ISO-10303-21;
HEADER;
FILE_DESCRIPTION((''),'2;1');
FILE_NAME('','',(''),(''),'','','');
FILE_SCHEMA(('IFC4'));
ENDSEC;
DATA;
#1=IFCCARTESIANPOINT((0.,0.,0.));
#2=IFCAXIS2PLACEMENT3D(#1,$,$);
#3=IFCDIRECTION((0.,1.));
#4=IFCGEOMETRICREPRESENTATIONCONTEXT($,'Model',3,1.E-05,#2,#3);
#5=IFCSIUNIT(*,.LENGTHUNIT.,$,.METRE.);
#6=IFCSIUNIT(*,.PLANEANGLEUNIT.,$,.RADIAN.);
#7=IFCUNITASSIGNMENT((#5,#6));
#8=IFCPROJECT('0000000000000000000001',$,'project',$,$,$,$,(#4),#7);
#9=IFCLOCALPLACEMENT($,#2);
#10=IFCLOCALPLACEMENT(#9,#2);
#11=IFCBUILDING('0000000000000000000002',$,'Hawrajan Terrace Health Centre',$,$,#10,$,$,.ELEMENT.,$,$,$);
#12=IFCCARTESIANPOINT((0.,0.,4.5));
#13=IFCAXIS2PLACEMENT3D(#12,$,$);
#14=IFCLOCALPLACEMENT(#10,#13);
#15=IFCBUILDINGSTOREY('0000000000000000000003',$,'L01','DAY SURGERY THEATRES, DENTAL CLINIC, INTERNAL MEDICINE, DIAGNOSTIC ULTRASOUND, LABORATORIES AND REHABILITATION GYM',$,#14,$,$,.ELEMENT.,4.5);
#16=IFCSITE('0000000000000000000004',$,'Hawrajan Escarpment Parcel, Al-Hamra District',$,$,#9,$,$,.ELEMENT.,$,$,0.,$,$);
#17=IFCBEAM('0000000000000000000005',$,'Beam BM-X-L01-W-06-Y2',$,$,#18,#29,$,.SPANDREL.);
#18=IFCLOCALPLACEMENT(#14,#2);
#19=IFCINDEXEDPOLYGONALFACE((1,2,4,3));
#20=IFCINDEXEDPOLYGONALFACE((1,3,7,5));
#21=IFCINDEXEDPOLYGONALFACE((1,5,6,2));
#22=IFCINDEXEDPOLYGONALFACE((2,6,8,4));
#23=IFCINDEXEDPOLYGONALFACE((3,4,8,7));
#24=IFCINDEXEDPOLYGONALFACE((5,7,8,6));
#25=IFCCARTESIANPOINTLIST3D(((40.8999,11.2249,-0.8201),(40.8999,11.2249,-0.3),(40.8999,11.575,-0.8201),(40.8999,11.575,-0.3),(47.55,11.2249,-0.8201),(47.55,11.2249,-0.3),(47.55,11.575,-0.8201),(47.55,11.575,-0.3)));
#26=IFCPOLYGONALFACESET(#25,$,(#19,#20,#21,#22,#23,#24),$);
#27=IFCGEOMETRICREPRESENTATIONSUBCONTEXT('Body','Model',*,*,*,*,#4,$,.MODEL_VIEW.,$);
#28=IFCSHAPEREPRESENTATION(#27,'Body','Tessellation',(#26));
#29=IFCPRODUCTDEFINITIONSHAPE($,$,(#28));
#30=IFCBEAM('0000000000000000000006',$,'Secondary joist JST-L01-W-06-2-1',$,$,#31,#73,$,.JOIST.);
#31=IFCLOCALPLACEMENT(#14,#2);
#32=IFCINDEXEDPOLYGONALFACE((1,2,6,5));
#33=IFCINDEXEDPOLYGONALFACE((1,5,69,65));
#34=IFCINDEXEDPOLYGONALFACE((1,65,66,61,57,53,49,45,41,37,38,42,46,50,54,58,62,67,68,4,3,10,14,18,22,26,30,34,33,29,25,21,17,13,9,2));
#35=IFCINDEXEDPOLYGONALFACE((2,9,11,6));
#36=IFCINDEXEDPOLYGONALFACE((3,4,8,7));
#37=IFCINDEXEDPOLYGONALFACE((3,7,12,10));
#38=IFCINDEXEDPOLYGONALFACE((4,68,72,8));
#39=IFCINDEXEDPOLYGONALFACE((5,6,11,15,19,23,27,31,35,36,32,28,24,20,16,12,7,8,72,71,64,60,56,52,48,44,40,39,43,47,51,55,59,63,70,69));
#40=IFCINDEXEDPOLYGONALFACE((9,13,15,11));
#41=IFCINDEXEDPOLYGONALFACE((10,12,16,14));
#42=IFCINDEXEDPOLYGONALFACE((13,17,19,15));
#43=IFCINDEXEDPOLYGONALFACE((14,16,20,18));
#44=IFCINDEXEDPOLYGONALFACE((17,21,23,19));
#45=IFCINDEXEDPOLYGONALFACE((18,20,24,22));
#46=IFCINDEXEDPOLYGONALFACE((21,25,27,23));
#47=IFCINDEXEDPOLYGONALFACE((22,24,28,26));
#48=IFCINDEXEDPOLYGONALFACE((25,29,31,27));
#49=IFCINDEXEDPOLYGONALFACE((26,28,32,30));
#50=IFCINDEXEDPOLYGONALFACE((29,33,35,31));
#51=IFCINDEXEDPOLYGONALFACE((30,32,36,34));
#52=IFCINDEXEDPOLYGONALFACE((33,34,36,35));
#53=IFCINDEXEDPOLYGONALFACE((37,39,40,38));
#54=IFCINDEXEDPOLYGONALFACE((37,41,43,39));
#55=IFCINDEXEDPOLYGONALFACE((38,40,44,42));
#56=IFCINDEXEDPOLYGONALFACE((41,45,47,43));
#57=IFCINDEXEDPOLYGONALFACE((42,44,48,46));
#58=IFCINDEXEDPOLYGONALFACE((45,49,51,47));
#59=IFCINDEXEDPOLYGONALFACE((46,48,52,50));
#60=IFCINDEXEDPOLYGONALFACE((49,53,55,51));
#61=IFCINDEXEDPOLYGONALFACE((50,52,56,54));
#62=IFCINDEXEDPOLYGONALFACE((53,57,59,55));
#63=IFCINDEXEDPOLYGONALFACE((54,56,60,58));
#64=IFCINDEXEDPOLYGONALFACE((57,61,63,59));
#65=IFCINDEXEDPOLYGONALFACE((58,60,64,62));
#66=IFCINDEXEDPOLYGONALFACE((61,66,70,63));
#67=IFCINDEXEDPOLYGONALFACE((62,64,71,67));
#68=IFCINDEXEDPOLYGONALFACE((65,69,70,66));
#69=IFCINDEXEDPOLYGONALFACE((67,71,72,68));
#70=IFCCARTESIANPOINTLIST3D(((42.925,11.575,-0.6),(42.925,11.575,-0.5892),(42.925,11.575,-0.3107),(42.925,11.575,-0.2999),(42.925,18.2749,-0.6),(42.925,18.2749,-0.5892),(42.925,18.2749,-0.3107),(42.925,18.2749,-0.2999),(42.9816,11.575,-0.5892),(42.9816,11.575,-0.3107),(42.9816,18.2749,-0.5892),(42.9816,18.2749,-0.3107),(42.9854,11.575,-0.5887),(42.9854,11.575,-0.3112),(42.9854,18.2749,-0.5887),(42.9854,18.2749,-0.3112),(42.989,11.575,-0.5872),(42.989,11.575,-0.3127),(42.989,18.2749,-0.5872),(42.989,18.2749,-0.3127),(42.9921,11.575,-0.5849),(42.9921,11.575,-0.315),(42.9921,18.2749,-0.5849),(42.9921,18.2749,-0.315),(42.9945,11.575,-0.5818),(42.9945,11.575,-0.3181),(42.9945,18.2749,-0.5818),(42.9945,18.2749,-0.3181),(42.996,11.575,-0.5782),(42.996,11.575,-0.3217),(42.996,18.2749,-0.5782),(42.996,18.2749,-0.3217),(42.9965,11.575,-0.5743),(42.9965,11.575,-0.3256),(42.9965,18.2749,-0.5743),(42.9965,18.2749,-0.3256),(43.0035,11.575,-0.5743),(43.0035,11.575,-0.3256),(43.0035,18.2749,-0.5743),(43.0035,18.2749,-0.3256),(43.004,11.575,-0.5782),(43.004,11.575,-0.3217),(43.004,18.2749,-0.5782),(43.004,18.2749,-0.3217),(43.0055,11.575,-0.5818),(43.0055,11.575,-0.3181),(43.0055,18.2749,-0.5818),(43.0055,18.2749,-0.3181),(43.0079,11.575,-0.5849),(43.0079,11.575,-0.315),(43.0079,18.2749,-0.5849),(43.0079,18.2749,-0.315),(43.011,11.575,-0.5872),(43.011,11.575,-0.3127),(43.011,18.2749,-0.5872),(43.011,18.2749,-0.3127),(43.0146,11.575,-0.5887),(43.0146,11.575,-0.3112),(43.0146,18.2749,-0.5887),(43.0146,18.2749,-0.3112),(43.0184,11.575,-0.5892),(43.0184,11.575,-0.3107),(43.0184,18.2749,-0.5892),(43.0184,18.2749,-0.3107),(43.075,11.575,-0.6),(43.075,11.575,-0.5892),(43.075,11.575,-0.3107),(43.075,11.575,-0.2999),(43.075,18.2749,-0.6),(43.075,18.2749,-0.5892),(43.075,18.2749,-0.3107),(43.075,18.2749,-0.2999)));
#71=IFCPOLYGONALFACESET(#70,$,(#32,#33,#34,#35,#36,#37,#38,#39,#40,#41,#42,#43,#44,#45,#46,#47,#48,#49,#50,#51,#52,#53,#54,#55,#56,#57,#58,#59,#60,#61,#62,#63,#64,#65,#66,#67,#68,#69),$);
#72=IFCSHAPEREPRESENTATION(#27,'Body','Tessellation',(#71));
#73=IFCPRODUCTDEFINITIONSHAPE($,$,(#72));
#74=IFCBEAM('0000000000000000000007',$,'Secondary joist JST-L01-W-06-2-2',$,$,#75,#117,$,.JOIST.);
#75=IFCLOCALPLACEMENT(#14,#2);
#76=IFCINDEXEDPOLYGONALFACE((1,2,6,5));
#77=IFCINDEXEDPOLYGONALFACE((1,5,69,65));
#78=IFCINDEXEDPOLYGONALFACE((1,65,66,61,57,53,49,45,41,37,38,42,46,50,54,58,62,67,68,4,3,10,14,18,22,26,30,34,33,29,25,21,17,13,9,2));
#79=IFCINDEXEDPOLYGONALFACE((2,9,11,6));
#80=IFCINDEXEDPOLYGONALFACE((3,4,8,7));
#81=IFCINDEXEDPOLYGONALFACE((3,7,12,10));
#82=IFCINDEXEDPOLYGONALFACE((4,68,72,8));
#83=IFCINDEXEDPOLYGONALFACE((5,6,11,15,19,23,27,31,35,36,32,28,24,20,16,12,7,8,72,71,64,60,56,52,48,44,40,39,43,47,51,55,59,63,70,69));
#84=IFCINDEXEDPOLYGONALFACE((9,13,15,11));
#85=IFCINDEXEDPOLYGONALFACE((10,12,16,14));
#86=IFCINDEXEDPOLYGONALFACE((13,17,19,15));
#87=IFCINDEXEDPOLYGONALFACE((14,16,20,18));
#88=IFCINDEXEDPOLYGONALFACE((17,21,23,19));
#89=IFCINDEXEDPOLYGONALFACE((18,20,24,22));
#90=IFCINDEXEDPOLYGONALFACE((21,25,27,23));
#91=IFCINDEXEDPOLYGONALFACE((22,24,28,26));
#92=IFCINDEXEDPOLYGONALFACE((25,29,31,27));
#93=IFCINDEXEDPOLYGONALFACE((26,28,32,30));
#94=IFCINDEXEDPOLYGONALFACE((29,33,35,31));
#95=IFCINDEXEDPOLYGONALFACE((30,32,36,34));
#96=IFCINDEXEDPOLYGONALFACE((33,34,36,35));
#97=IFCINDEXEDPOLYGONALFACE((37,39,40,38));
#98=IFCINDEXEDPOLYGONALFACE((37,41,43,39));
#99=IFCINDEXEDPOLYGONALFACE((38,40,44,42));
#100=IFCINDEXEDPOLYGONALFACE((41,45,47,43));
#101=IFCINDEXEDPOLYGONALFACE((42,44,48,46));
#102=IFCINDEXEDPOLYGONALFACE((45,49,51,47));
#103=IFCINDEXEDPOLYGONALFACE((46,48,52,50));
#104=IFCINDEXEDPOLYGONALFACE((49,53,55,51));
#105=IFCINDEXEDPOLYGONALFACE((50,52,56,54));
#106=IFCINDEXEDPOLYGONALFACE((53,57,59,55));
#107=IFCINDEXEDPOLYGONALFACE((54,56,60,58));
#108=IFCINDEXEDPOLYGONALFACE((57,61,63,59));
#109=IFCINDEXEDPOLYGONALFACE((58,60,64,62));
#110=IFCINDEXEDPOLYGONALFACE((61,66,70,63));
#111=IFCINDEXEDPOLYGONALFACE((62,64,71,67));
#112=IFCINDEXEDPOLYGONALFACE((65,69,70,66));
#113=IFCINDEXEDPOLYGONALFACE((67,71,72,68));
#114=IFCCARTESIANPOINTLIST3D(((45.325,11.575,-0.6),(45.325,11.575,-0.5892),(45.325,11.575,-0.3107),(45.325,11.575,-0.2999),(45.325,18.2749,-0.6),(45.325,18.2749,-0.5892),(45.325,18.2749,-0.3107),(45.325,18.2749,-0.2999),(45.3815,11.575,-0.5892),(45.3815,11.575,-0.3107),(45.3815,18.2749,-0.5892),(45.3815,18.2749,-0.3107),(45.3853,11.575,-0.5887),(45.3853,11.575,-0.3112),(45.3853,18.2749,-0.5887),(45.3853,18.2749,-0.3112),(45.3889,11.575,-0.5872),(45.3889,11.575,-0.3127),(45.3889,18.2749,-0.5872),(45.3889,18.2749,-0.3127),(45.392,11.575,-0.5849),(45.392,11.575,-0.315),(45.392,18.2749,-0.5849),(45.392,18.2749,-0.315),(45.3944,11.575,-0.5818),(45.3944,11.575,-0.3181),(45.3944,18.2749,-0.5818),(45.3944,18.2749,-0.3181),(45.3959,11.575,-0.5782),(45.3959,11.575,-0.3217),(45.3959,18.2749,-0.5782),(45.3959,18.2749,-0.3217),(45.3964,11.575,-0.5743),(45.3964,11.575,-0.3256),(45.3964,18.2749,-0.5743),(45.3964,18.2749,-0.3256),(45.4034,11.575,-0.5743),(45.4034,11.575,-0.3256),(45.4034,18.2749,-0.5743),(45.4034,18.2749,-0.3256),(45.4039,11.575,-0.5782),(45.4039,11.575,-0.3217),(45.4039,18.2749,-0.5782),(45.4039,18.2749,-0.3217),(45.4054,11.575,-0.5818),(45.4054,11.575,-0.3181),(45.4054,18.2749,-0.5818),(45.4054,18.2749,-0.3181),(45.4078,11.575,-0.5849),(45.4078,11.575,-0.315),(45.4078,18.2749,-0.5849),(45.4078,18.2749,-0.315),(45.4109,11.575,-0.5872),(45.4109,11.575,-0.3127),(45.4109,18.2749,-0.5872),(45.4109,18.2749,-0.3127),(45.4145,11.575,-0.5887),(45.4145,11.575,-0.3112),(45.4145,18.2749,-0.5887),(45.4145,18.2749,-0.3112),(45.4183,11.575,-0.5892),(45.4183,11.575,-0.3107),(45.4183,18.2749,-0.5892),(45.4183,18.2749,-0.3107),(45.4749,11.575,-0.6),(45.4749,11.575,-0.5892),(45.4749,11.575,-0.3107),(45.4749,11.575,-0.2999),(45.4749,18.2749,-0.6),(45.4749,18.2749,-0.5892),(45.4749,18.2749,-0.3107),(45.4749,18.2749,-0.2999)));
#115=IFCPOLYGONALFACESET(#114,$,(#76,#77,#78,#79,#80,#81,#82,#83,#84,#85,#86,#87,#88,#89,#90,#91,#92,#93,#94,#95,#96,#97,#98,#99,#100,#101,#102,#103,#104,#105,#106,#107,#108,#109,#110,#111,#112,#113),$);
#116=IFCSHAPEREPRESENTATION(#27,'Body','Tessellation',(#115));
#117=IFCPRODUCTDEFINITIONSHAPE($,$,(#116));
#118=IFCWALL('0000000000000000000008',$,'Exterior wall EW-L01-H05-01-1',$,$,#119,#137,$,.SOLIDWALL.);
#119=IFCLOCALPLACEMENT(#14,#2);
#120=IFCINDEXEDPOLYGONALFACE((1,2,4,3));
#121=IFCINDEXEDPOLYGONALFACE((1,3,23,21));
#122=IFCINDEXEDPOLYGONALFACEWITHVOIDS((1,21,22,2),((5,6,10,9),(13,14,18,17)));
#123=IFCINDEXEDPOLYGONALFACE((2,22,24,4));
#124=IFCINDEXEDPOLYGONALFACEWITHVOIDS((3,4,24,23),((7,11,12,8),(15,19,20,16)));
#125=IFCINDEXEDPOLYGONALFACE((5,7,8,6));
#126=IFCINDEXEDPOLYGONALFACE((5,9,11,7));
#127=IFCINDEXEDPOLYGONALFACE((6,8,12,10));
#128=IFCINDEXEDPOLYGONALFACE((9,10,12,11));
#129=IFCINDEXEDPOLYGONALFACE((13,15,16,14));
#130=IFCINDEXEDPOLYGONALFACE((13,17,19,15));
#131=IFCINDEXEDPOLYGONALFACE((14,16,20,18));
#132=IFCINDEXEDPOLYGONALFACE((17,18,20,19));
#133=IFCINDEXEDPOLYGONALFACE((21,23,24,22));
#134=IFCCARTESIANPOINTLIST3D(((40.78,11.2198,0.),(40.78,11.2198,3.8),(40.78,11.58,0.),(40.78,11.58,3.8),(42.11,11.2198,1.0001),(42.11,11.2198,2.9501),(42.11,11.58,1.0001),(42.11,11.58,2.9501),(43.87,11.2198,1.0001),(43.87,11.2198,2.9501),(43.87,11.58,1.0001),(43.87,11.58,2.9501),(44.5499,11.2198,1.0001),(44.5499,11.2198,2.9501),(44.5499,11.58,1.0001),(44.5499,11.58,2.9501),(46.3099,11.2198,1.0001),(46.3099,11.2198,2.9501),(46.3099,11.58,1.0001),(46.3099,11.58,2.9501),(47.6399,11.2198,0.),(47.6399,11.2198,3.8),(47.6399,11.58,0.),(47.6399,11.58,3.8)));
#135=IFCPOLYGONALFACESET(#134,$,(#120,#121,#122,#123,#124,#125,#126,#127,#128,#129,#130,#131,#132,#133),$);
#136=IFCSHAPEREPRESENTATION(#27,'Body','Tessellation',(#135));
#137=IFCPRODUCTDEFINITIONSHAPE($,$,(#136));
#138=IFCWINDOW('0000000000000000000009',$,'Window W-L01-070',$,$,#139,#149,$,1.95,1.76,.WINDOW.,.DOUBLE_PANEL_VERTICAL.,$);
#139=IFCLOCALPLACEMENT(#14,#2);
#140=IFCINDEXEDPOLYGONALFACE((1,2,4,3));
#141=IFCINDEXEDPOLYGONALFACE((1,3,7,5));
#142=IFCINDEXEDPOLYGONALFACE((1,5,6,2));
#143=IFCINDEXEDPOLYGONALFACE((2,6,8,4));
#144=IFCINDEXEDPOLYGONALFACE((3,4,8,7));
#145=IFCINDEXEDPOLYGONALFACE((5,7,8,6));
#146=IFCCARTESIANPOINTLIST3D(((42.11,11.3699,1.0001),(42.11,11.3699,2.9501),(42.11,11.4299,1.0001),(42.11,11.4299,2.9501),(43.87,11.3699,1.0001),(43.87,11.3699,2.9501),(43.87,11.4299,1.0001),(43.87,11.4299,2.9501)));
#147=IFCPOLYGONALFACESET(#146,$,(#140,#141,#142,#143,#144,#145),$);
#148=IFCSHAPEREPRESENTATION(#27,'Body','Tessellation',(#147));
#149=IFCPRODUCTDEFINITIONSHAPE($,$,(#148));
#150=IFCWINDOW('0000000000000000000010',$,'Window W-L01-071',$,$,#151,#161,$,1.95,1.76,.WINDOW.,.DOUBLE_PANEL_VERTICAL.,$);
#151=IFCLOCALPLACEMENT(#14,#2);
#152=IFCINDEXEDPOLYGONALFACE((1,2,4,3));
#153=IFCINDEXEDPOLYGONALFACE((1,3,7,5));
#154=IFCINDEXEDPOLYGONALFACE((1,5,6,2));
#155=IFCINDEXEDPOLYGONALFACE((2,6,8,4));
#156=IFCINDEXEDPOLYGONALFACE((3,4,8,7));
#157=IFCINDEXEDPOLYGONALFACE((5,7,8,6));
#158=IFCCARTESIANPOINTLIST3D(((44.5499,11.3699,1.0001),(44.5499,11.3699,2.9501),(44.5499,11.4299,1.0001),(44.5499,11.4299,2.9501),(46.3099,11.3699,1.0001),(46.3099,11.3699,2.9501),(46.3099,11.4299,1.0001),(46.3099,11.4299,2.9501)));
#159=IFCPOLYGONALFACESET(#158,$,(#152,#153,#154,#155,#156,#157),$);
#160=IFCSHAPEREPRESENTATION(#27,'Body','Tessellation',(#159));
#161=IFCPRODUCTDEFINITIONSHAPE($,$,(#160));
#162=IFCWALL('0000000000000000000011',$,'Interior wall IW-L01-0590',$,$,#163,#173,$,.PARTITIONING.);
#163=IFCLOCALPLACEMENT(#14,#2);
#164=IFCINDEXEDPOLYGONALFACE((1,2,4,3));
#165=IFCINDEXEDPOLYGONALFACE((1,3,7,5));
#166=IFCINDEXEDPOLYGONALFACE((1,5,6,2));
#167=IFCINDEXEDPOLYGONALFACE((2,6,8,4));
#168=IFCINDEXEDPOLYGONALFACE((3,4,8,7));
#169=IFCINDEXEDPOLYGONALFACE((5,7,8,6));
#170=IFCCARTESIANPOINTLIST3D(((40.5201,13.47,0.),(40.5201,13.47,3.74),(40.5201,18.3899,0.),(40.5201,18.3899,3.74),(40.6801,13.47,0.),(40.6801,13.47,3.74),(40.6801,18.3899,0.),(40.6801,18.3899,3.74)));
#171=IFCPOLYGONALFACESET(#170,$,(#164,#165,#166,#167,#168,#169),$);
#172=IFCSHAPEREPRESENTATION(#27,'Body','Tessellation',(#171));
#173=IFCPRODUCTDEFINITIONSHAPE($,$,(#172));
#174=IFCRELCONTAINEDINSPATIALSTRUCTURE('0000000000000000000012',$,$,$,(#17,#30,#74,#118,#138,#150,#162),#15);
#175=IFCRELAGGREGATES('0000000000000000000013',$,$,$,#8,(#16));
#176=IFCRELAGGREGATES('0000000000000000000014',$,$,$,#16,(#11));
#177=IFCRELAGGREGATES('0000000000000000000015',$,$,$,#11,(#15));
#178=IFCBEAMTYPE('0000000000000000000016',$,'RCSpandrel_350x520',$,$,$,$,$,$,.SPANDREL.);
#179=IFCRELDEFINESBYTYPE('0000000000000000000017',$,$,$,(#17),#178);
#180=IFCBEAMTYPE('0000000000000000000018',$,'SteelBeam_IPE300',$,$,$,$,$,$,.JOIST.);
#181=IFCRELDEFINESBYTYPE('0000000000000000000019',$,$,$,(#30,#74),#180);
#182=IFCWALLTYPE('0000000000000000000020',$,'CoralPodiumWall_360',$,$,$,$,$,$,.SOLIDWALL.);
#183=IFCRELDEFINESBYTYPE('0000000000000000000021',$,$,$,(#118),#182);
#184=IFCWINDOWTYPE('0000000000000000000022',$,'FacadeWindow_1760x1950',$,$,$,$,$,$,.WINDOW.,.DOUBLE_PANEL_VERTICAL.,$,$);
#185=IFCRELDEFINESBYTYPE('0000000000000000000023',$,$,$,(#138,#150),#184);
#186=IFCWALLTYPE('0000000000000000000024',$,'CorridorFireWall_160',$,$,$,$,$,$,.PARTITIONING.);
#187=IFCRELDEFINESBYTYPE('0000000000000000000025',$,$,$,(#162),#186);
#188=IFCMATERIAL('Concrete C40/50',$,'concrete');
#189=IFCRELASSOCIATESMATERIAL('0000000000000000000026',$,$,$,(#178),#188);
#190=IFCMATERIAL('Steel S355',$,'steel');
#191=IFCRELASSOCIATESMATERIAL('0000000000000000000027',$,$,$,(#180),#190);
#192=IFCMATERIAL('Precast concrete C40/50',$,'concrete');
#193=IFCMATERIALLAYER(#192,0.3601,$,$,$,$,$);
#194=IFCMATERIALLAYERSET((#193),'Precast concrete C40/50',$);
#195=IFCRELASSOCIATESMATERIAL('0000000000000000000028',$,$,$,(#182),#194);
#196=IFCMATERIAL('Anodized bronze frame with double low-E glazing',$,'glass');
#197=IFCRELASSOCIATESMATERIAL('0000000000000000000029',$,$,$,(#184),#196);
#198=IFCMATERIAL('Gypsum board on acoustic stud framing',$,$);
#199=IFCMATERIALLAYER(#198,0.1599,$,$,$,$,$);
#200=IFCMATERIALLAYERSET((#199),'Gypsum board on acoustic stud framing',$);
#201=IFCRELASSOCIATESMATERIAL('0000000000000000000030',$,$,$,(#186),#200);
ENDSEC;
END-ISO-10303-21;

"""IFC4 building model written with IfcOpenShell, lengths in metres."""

from ifc_helpers import new_model, si_unit, direction, frame, frame_2d, origin, origin_2d, place, context, subcontext, project, spatial, rectangle, i_section, extrude, material, layer, layer_set, material_profile, profile_set, type_object, element, fill, save


model = new_model("IFC4")

# Units and contexts
model_context = context("Model", 3, precision=1e-05, world=origin(), true_north=direction((0.0, 1.0)))
body_context = subcontext(model_context, "Body", "Model", "MODEL_VIEW")
ifc_project = project(units=[si_unit("LENGTHUNIT", "METRE"), si_unit("PLANEANGLEUNIT", "RADIAN")], contexts=[model_context])

# Site, building, storey
site_placement = place(None, origin())
site = spatial("IfcSite", under=ifc_project, at=site_placement, Name="Hawrajan Escarpment Parcel, Al-Hamra District", CompositionType="ELEMENT", RefElevation=0.0)
building_placement = place(site_placement, origin())
building = spatial("IfcBuilding", under=site, at=building_placement, Name="Hawrajan Terrace Health Centre", CompositionType="ELEMENT")
storey_placement = place(building_placement, frame((0.0, 0.0, 4.5)))
storey = spatial("IfcBuildingStorey", under=building, at=storey_placement, Name="L01", Description="DAY SURGERY THEATRES, DENTAL CLINIC, INTERNAL MEDICINE, DIAGNOSTIC ULTRASOUND, LABORATORIES AND REHABILITATION GYM", CompositionType="ELEMENT", Elevation=4.5)

# Beams
ifc_material_1 = material(Name="Concrete C40/50", Category="concrete")
ifc_material_profile_1 = material_profile(ifc_material_1, rectangle(XDim=0.3501, YDim=0.52, at=origin_2d()), Name="RC SP 350x520")
ifc_profile_set_1 = profile_set([ifc_material_profile_1], Name="Concrete C40/50")
beam_type_1 = type_object("IfcBeamType", Name="RCSpandrel_350x520", PredefinedType="SPANDREL", material=ifc_profile_set_1)
beam_placement = place(storey_placement, frame((40.8999, 11.3999, -0.5601), z_axis=(1.0, 0.0, 0.0), x_axis=(0.0, 1.0, 0.0)))
element("IfcBeam", 1, at=beam_placement, inside=storey, type_object=beam_type_1, Name="Beam BM-X-L01-W-06-Y2", PredefinedType="SPANDREL", context=body_context, shape_type="SweptSolid", body=[
    extrude(rectangle(XDim=0.3501, YDim=0.52, at=origin_2d()), origin(), (0.0, 0.0, 1.0), 6.6501),
])
ifc_material_2 = material(Name="Steel S355", Category="steel")
ifc_material_profile_2 = material_profile(ifc_material_2, i_section(OverallWidth=0.1499, OverallDepth=0.3, WebThickness=0.0071, FlangeThickness=0.0107, FilletRadius=0.0149, at=origin_2d()), Name="IPE 300")
ifc_profile_set_2 = profile_set([ifc_material_profile_2], Name="Steel S355")
beam_type_2 = type_object("IfcBeamType", Name="SteelBeam_IPE300", PredefinedType="JOIST", material=ifc_profile_set_2)
for number, where, z_axis, x_axis, name in (
    (2, (43.0, 11.575, -0.45), (0.0, 1.0, 0.0), (-1.0, 0.0, 0.0), "Secondary joist JST-L01-W-06-2-1"),
    (3, (45.3999, 11.575, -0.45), (0.0, 1.0, 0.0), (-1.0, 0.0, 0.0), "Secondary joist JST-L01-W-06-2-2"),
):
    element("IfcBeam", number, at=place(storey_placement, frame(where, z_axis=z_axis, x_axis=x_axis)), inside=storey, type_object=beam_type_2, Name=name, PredefinedType="JOIST", context=body_context, shape_type="SweptSolid", body=[
        extrude(i_section(OverallWidth=0.1499, OverallDepth=0.3, WebThickness=0.0071, FlangeThickness=0.0107, FilletRadius=0.0149, at=origin_2d()), origin(), (0.0, 0.0, 1.0), 6.7),
    ])

# Wall, openings, windows
ifc_material_3 = material(Name="Precast concrete C40/50", Category="concrete")
ifc_layer_1 = layer(ifc_material_3, 0.3601)
ifc_layer_set_1 = layer_set([ifc_layer_1], Name="Precast concrete C40/50")
wall_type_1 = type_object("IfcWallType", Name="CoralPodiumWall_360", PredefinedType="SOLIDWALL", material=ifc_layer_set_1)
wall_1_placement = place(storey_placement, frame((40.78, 11.3999, 0.0), z_axis=(0.0, 0.0, 1.0), x_axis=(1.0, 0.0, 0.0)))
wall_1 = element("IfcWall", 4, at=wall_1_placement, inside=storey, type_object=wall_type_1, Name="Exterior wall EW-L01-H05-01-1", PredefinedType="SOLIDWALL", context=body_context, shape_type="SweptSolid", body=[
    extrude(rectangle(XDim=6.8599, YDim=0.3601, at=frame_2d((3.4299, 0.0))), origin(), (0.0, 0.0, 1.0), 3.8),
])
opening_1_placement = place(wall_1_placement, frame((1.3301, 0.0, 1.0)))
opening_1 = element("IfcOpeningElement", 5, at=opening_1_placement, cuts=wall_1, PredefinedType="OPENING", context=body_context, shape_type="SweptSolid", body=[
    extrude(rectangle(XDim=1.76, YDim=1.95, at=frame_2d((0.8799, 0.9751))), frame((0.0, 0.1899, 0.0), z_axis=(0.0, -1.0, 0.0), x_axis=(1.0, 0.0, 0.0)), (0.0, 0.0, 1.0), 0.3801),
])
opening_2_placement = place(wall_1_placement, frame((3.77, 0.0, 1.0)))
opening_2 = element("IfcOpeningElement", 6, at=opening_2_placement, cuts=wall_1, PredefinedType="OPENING", context=body_context, shape_type="SweptSolid", body=[
    extrude(rectangle(XDim=1.76, YDim=1.95, at=frame_2d((0.8799, 0.9751))), frame((0.0, 0.1899, 0.0), z_axis=(0.0, -1.0, 0.0), x_axis=(1.0, 0.0, 0.0)), (0.0, 0.0, 1.0), 0.3801),
])
ifc_material_4 = material(Name="Anodized bronze frame with double low-E glazing", Category="glass")
window_type = type_object("IfcWindowType", Name="FacadeWindow_1760x1950", PartitioningType="DOUBLE_PANEL_VERTICAL", PredefinedType="WINDOW", material=ifc_material_4)
window_1_placement = place(opening_1_placement, origin())
window_1 = element("IfcWindow", 7, at=window_1_placement, inside=storey, type_object=window_type, Name="Window W-L01-070", OverallHeight=1.95, OverallWidth=1.76, PartitioningType="DOUBLE_PANEL_VERTICAL", PredefinedType="WINDOW", context=body_context, shape_type="SweptSolid", body=[
    extrude(rectangle(XDim=1.76, YDim=1.95, at=frame_2d((0.8799, 0.9751))), frame((0.0, 0.03, 0.0), z_axis=(0.0, -1.0, 0.0), x_axis=(1.0, 0.0, 0.0)), (0.0, 0.0, 1.0), 0.0601),
])
fill(opening_1, window_1)
window_2_placement = place(opening_2_placement, origin())
window_2 = element("IfcWindow", 8, at=window_2_placement, inside=storey, type_object=window_type, Name="Window W-L01-071", OverallHeight=1.95, OverallWidth=1.76, PartitioningType="DOUBLE_PANEL_VERTICAL", PredefinedType="WINDOW", context=body_context, shape_type="SweptSolid", body=[
    extrude(rectangle(XDim=1.76, YDim=1.95, at=frame_2d((0.8799, 0.9751))), frame((0.0, 0.03, 0.0), z_axis=(0.0, -1.0, 0.0), x_axis=(1.0, 0.0, 0.0)), (0.0, 0.0, 1.0), 0.0601),
])
fill(opening_2, window_2)

# Wall
ifc_material_5 = material(Name="Gypsum board on acoustic stud framing")
ifc_layer_2 = layer(ifc_material_5, 0.1599)
ifc_layer_set_2 = layer_set([ifc_layer_2], Name="Gypsum board on acoustic stud framing")
wall_type_2 = type_object("IfcWallType", Name="CorridorFireWall_160", PredefinedType="PARTITIONING", material=ifc_layer_set_2)
wall_2_placement = place(storey_placement, frame((40.6001, 13.47, 0.0), z_axis=(0.0, 0.0, 1.0), x_axis=(0.0, 1.0, 0.0)))
element("IfcWall", 9, at=wall_2_placement, inside=storey, type_object=wall_type_2, Name="Interior wall IW-L01-0590", PredefinedType="PARTITIONING", context=body_context, shape_type="SweptSolid", body=[
    extrude(rectangle(XDim=4.9199, YDim=0.1599, at=frame_2d((2.46, 0.0))), origin(), (0.0, 0.0, 1.0), 3.74),
])

save(model, "model.ifc")
